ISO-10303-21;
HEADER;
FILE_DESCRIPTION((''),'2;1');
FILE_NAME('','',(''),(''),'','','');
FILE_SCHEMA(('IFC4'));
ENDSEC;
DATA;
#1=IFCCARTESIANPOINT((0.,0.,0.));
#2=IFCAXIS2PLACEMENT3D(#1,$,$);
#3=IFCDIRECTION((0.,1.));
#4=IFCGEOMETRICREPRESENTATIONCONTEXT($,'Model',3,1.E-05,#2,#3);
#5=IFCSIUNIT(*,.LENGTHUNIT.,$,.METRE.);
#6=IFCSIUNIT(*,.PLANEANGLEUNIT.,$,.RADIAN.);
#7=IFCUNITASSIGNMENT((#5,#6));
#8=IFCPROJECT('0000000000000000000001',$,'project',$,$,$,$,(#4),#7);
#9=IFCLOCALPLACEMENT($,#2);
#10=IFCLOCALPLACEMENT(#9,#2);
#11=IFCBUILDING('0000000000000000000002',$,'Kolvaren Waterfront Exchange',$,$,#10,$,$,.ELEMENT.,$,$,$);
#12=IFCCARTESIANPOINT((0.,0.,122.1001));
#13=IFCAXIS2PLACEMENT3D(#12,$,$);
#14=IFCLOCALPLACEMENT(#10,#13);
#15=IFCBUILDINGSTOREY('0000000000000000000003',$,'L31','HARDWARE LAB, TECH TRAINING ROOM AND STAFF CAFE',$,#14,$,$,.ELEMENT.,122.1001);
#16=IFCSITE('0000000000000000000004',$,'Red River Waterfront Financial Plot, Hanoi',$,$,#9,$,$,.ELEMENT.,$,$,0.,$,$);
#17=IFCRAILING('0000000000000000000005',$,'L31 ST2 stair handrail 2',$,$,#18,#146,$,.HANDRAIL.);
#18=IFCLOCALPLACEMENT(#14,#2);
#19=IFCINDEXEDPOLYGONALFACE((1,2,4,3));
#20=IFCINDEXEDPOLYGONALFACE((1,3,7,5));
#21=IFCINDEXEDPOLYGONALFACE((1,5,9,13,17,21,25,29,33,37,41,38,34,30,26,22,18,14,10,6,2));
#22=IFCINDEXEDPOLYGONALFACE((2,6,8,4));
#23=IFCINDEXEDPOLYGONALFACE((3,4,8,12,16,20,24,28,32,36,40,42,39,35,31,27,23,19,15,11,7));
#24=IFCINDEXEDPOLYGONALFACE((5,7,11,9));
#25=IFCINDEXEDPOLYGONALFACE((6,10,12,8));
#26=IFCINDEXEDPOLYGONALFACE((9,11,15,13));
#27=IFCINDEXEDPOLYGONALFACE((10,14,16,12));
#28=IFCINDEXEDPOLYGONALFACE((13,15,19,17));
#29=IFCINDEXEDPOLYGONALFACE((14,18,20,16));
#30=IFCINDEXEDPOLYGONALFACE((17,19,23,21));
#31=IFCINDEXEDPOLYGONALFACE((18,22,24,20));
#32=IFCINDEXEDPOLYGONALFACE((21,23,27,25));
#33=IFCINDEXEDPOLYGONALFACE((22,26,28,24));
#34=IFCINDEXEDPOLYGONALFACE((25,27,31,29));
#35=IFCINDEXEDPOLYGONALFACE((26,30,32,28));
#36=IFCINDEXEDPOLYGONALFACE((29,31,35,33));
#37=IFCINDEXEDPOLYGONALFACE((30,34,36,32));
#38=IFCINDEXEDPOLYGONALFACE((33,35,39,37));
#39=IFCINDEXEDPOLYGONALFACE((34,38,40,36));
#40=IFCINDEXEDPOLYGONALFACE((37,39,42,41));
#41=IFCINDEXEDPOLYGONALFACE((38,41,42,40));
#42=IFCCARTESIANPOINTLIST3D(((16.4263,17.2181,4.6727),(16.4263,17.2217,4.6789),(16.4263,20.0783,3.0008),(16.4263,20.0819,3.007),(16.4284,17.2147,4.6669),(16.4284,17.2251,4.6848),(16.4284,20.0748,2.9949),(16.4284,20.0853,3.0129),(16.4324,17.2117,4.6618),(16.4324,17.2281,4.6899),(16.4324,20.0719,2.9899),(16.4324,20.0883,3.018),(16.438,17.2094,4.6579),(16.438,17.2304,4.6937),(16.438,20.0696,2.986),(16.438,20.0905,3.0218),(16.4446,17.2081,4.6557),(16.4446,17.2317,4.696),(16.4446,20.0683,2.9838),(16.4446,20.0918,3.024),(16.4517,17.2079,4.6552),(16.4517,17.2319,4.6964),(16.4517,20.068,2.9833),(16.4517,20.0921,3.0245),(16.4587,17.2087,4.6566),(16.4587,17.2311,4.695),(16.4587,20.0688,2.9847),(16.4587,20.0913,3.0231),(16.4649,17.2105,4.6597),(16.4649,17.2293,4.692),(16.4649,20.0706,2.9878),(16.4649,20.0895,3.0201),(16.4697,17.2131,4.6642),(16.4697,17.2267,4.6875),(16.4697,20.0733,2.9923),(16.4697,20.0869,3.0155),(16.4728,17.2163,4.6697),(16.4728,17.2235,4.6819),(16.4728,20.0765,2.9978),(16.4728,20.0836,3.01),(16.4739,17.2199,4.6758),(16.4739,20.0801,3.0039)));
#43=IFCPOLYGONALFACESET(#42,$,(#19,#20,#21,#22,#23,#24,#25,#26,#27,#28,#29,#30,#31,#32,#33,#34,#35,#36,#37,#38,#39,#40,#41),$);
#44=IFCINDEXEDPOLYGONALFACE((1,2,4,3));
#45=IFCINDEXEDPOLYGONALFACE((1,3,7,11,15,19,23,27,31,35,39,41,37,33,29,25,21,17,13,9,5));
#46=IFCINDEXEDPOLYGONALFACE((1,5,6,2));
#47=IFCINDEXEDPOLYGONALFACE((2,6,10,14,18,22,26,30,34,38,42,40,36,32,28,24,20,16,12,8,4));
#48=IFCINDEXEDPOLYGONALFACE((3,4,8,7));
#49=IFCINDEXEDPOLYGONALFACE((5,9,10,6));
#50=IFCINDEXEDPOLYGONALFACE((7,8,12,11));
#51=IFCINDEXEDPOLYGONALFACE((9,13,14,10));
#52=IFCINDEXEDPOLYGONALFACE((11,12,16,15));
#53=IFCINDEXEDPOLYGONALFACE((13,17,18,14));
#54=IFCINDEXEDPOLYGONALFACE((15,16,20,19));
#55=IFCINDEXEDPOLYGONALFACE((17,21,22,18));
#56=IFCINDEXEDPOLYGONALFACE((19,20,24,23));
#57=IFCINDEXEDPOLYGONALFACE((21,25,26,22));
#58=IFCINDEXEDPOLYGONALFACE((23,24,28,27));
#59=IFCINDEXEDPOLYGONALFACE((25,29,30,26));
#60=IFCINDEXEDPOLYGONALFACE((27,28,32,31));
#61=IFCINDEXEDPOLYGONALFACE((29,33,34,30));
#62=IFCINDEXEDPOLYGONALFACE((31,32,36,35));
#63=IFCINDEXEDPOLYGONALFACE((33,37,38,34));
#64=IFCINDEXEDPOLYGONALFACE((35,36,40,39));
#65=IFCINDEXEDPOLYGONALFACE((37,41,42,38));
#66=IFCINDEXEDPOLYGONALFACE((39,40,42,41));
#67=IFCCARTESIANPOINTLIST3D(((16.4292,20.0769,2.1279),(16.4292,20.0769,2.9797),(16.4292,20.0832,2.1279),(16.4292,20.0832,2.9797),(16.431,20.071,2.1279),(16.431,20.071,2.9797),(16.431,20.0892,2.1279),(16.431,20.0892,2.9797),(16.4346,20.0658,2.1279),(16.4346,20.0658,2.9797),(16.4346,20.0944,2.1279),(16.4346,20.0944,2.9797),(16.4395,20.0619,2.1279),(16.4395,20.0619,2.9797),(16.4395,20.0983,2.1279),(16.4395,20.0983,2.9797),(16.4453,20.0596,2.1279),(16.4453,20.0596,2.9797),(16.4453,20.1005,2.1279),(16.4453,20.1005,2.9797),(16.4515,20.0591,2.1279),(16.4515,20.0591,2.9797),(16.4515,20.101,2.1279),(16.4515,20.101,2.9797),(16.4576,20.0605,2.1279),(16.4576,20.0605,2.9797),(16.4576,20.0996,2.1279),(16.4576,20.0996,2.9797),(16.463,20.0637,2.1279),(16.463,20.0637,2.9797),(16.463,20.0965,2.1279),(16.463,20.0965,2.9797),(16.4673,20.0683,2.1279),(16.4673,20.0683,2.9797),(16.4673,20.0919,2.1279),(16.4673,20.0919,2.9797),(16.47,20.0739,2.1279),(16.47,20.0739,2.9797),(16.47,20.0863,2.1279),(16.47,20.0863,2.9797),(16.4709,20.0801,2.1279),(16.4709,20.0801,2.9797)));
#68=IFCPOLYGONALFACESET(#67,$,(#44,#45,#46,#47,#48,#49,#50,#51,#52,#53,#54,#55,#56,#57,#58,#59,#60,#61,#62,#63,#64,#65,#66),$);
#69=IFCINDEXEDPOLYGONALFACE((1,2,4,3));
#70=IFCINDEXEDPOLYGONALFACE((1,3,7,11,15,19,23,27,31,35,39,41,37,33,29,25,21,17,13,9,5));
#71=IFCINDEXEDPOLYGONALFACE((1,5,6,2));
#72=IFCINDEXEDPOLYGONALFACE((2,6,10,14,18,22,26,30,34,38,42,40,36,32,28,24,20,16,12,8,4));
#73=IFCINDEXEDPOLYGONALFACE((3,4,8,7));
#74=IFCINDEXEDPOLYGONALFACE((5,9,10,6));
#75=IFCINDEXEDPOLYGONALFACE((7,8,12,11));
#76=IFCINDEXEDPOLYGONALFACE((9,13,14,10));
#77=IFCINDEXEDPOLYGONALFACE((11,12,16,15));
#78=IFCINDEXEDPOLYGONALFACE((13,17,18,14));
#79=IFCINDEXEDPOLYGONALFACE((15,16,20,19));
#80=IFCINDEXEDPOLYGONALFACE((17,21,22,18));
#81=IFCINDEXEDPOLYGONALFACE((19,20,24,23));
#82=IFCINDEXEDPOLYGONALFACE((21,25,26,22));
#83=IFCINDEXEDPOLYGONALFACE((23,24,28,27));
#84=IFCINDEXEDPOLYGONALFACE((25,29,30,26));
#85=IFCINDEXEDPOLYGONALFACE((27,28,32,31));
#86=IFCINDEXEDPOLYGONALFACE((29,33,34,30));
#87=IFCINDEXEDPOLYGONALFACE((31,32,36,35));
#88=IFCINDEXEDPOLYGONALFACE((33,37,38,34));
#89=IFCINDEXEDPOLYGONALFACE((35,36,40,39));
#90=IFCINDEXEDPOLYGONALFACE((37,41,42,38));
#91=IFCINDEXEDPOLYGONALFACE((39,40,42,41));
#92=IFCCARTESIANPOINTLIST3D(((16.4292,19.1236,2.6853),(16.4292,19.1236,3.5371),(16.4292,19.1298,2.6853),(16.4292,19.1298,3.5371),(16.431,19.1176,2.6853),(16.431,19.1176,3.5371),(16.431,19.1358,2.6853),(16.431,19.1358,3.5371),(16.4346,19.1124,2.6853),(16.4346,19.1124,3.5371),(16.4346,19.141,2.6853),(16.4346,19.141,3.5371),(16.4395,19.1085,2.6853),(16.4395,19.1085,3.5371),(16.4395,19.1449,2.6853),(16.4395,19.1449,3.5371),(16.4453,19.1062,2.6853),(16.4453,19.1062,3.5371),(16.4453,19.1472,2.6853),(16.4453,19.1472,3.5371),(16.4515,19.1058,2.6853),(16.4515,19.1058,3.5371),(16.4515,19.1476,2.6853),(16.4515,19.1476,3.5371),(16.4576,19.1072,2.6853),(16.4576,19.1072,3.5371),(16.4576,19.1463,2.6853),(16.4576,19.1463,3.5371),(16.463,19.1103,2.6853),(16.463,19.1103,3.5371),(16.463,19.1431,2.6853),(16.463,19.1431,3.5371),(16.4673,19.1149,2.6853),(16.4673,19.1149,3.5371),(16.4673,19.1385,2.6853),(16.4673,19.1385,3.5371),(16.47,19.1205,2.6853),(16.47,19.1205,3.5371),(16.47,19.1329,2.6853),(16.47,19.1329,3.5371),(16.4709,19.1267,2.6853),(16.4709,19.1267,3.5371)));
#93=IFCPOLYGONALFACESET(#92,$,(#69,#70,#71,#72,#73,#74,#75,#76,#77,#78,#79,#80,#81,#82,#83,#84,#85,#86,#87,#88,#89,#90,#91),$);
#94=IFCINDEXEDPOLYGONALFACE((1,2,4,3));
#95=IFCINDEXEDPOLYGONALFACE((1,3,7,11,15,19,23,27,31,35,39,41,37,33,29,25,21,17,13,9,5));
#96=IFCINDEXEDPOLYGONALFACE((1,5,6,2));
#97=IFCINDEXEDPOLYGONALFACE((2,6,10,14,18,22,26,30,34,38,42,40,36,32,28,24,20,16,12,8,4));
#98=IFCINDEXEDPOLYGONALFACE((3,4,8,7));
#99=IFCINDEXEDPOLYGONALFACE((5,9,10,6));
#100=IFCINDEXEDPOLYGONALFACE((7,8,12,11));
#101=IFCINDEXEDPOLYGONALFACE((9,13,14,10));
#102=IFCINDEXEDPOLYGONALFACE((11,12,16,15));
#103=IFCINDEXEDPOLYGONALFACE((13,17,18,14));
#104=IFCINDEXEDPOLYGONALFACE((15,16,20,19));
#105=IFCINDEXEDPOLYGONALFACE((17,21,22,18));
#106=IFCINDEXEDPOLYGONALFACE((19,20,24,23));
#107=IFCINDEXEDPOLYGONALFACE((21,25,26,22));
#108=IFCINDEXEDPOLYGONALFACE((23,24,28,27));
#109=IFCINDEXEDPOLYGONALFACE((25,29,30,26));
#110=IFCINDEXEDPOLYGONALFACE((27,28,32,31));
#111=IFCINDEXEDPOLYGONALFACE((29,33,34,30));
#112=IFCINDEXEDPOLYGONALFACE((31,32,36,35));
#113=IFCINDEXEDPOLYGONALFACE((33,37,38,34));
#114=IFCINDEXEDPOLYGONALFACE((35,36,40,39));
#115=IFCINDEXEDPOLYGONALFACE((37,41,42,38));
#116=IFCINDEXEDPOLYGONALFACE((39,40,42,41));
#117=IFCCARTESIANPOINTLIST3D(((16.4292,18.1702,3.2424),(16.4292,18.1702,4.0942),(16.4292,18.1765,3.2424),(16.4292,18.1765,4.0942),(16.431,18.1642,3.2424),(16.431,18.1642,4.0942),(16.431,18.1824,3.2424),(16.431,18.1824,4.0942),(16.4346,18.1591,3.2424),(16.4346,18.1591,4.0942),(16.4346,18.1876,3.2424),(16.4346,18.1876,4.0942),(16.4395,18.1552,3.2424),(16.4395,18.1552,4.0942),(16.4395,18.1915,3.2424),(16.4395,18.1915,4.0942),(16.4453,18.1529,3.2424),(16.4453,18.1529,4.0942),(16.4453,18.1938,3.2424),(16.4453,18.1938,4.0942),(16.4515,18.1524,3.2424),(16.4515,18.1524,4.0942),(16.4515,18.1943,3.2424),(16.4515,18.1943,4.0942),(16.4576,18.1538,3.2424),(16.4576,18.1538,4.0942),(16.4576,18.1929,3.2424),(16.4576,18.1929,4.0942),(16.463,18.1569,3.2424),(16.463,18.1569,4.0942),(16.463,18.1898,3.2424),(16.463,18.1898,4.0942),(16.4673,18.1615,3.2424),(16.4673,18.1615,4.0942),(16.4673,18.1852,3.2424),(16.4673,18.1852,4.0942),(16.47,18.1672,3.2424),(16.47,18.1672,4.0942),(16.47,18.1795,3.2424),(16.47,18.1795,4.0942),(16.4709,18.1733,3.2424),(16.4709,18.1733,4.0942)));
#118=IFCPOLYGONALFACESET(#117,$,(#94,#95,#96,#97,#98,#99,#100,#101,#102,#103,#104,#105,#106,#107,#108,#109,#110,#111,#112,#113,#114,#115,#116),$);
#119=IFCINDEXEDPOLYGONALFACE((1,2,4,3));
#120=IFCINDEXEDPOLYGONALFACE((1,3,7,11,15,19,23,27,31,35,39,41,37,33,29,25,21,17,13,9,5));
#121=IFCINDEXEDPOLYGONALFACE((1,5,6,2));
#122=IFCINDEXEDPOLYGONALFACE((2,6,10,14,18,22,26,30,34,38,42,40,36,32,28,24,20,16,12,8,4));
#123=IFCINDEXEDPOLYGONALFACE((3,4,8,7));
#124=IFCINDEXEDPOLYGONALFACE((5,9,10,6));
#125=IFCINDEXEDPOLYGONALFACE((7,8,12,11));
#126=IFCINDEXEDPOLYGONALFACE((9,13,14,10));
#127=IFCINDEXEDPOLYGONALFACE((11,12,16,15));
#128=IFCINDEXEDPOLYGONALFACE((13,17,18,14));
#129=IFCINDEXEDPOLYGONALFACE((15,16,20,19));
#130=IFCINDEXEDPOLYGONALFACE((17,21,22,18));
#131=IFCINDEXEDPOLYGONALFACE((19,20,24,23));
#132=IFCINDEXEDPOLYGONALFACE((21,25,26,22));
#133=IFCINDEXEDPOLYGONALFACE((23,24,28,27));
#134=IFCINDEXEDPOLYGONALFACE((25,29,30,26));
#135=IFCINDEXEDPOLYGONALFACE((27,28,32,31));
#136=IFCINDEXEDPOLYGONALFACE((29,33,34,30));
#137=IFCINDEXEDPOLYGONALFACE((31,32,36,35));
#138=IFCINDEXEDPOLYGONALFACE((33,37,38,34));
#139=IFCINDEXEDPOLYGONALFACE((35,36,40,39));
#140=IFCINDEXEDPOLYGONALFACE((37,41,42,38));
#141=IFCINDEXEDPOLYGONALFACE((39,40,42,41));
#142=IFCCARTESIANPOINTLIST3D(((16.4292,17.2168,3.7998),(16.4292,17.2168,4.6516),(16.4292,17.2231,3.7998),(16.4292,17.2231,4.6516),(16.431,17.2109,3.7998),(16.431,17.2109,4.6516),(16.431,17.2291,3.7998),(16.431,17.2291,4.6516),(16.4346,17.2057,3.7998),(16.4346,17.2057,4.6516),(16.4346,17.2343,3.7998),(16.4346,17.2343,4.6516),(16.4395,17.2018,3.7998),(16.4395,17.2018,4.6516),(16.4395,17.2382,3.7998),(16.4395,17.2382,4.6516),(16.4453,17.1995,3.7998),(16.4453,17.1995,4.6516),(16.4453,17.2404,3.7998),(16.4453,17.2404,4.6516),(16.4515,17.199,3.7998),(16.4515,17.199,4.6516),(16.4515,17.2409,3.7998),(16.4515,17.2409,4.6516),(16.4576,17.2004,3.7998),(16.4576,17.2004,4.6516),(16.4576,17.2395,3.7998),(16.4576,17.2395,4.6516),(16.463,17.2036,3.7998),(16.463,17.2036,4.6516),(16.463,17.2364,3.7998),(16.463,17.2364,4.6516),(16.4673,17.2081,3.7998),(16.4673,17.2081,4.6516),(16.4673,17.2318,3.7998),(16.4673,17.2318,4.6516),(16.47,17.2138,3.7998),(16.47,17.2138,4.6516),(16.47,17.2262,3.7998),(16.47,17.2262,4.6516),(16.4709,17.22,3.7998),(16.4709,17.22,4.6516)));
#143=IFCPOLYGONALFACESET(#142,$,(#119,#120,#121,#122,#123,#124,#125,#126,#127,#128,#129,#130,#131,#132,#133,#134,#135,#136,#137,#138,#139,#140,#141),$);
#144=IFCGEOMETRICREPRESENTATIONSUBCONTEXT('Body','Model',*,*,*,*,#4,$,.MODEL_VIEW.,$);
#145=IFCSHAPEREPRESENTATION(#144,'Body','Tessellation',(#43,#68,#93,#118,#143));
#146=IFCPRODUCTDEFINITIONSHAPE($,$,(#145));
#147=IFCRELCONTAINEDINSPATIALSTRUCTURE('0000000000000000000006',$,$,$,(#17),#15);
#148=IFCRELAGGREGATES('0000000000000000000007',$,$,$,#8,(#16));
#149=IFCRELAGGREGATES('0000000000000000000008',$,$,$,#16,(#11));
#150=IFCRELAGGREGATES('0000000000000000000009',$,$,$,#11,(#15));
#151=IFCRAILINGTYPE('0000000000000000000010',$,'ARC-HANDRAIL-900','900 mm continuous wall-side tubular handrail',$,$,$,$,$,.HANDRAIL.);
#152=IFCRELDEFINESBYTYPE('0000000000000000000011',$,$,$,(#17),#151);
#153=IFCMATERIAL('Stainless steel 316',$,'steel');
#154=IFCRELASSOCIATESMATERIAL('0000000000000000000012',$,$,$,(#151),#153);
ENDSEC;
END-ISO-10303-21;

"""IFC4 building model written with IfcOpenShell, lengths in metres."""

from ifc_helpers import new_model, si_unit, direction, frame, origin, origin_2d, place, context, subcontext, project, spatial, circle, extrude, material, type_object, element, save


model = new_model("IFC4")

# Units and contexts
model_context = context("Model", 3, precision=1e-05, world=origin(), true_north=direction((0.0, 1.0)))
body_context = subcontext(model_context, "Body", "Model", "MODEL_VIEW")
ifc_project = project(units=[si_unit("LENGTHUNIT", "METRE"), si_unit("PLANEANGLEUNIT", "RADIAN")], contexts=[model_context])

# Site, building, storey
site_placement = place(None, origin())
site = spatial("IfcSite", under=ifc_project, at=site_placement, Name="Red River Waterfront Financial Plot, Hanoi", CompositionType="ELEMENT", RefElevation=0.0)
building_placement = place(site_placement, origin())
building = spatial("IfcBuilding", under=site, at=building_placement, Name="Kolvaren Waterfront Exchange", CompositionType="ELEMENT")
storey_placement = place(building_placement, frame((0.0, 0.0, 122.1001)))
storey = spatial("IfcBuildingStorey", under=building, at=storey_placement, Name="L31", Description="HARDWARE LAB, TECH TRAINING ROOM AND STAFF CAFE", CompositionType="ELEMENT", Elevation=122.1001)

# Railing
ifc_material_1 = material(Name="Stainless steel 316", Category="steel")
railing_type_1 = type_object("IfcRailingType", Name="ARC-HANDRAIL-900", Description="900 mm continuous wall-side tubular handrail", PredefinedType="HANDRAIL", material=ifc_material_1)
railing_1_placement = place(storey_placement, frame((16.45, 20.0801, 2.1279)))
element("IfcRailing", 1, at=railing_1_placement, inside=storey, type_object=railing_type_1, Name="L31 ST2 stair handrail 2", PredefinedType="HANDRAIL", context=body_context, shape_type="SweptSolid", body=[
    extrude(circle(Radius=0.0239, at=origin_2d()), frame((0.0, 0.0, 0.876), z_axis=(0.0, -0.863321, 0.504654), x_axis=(1.0, 0.0, 0.0)), (0.0, 0.0, 1.0), 3.313),
    extrude(circle(Radius=0.021, at=origin_2d()), origin(), (0.0, 0.0, 1.0), 0.8518),
    extrude(circle(Radius=0.021, at=origin_2d()), frame((0.0, -0.9534, 0.5574)), (0.0, 0.0, 1.0), 0.8518),
    extrude(circle(Radius=0.021, at=origin_2d()), frame((0.0, -1.9067, 1.1145)), (0.0, 0.0, 1.0), 0.8518),
    extrude(circle(Radius=0.021, at=origin_2d()), frame((0.0, -2.8601, 1.6719)), (0.0, 0.0, 1.0), 0.8518),
])

save(model, "model.ifc")
